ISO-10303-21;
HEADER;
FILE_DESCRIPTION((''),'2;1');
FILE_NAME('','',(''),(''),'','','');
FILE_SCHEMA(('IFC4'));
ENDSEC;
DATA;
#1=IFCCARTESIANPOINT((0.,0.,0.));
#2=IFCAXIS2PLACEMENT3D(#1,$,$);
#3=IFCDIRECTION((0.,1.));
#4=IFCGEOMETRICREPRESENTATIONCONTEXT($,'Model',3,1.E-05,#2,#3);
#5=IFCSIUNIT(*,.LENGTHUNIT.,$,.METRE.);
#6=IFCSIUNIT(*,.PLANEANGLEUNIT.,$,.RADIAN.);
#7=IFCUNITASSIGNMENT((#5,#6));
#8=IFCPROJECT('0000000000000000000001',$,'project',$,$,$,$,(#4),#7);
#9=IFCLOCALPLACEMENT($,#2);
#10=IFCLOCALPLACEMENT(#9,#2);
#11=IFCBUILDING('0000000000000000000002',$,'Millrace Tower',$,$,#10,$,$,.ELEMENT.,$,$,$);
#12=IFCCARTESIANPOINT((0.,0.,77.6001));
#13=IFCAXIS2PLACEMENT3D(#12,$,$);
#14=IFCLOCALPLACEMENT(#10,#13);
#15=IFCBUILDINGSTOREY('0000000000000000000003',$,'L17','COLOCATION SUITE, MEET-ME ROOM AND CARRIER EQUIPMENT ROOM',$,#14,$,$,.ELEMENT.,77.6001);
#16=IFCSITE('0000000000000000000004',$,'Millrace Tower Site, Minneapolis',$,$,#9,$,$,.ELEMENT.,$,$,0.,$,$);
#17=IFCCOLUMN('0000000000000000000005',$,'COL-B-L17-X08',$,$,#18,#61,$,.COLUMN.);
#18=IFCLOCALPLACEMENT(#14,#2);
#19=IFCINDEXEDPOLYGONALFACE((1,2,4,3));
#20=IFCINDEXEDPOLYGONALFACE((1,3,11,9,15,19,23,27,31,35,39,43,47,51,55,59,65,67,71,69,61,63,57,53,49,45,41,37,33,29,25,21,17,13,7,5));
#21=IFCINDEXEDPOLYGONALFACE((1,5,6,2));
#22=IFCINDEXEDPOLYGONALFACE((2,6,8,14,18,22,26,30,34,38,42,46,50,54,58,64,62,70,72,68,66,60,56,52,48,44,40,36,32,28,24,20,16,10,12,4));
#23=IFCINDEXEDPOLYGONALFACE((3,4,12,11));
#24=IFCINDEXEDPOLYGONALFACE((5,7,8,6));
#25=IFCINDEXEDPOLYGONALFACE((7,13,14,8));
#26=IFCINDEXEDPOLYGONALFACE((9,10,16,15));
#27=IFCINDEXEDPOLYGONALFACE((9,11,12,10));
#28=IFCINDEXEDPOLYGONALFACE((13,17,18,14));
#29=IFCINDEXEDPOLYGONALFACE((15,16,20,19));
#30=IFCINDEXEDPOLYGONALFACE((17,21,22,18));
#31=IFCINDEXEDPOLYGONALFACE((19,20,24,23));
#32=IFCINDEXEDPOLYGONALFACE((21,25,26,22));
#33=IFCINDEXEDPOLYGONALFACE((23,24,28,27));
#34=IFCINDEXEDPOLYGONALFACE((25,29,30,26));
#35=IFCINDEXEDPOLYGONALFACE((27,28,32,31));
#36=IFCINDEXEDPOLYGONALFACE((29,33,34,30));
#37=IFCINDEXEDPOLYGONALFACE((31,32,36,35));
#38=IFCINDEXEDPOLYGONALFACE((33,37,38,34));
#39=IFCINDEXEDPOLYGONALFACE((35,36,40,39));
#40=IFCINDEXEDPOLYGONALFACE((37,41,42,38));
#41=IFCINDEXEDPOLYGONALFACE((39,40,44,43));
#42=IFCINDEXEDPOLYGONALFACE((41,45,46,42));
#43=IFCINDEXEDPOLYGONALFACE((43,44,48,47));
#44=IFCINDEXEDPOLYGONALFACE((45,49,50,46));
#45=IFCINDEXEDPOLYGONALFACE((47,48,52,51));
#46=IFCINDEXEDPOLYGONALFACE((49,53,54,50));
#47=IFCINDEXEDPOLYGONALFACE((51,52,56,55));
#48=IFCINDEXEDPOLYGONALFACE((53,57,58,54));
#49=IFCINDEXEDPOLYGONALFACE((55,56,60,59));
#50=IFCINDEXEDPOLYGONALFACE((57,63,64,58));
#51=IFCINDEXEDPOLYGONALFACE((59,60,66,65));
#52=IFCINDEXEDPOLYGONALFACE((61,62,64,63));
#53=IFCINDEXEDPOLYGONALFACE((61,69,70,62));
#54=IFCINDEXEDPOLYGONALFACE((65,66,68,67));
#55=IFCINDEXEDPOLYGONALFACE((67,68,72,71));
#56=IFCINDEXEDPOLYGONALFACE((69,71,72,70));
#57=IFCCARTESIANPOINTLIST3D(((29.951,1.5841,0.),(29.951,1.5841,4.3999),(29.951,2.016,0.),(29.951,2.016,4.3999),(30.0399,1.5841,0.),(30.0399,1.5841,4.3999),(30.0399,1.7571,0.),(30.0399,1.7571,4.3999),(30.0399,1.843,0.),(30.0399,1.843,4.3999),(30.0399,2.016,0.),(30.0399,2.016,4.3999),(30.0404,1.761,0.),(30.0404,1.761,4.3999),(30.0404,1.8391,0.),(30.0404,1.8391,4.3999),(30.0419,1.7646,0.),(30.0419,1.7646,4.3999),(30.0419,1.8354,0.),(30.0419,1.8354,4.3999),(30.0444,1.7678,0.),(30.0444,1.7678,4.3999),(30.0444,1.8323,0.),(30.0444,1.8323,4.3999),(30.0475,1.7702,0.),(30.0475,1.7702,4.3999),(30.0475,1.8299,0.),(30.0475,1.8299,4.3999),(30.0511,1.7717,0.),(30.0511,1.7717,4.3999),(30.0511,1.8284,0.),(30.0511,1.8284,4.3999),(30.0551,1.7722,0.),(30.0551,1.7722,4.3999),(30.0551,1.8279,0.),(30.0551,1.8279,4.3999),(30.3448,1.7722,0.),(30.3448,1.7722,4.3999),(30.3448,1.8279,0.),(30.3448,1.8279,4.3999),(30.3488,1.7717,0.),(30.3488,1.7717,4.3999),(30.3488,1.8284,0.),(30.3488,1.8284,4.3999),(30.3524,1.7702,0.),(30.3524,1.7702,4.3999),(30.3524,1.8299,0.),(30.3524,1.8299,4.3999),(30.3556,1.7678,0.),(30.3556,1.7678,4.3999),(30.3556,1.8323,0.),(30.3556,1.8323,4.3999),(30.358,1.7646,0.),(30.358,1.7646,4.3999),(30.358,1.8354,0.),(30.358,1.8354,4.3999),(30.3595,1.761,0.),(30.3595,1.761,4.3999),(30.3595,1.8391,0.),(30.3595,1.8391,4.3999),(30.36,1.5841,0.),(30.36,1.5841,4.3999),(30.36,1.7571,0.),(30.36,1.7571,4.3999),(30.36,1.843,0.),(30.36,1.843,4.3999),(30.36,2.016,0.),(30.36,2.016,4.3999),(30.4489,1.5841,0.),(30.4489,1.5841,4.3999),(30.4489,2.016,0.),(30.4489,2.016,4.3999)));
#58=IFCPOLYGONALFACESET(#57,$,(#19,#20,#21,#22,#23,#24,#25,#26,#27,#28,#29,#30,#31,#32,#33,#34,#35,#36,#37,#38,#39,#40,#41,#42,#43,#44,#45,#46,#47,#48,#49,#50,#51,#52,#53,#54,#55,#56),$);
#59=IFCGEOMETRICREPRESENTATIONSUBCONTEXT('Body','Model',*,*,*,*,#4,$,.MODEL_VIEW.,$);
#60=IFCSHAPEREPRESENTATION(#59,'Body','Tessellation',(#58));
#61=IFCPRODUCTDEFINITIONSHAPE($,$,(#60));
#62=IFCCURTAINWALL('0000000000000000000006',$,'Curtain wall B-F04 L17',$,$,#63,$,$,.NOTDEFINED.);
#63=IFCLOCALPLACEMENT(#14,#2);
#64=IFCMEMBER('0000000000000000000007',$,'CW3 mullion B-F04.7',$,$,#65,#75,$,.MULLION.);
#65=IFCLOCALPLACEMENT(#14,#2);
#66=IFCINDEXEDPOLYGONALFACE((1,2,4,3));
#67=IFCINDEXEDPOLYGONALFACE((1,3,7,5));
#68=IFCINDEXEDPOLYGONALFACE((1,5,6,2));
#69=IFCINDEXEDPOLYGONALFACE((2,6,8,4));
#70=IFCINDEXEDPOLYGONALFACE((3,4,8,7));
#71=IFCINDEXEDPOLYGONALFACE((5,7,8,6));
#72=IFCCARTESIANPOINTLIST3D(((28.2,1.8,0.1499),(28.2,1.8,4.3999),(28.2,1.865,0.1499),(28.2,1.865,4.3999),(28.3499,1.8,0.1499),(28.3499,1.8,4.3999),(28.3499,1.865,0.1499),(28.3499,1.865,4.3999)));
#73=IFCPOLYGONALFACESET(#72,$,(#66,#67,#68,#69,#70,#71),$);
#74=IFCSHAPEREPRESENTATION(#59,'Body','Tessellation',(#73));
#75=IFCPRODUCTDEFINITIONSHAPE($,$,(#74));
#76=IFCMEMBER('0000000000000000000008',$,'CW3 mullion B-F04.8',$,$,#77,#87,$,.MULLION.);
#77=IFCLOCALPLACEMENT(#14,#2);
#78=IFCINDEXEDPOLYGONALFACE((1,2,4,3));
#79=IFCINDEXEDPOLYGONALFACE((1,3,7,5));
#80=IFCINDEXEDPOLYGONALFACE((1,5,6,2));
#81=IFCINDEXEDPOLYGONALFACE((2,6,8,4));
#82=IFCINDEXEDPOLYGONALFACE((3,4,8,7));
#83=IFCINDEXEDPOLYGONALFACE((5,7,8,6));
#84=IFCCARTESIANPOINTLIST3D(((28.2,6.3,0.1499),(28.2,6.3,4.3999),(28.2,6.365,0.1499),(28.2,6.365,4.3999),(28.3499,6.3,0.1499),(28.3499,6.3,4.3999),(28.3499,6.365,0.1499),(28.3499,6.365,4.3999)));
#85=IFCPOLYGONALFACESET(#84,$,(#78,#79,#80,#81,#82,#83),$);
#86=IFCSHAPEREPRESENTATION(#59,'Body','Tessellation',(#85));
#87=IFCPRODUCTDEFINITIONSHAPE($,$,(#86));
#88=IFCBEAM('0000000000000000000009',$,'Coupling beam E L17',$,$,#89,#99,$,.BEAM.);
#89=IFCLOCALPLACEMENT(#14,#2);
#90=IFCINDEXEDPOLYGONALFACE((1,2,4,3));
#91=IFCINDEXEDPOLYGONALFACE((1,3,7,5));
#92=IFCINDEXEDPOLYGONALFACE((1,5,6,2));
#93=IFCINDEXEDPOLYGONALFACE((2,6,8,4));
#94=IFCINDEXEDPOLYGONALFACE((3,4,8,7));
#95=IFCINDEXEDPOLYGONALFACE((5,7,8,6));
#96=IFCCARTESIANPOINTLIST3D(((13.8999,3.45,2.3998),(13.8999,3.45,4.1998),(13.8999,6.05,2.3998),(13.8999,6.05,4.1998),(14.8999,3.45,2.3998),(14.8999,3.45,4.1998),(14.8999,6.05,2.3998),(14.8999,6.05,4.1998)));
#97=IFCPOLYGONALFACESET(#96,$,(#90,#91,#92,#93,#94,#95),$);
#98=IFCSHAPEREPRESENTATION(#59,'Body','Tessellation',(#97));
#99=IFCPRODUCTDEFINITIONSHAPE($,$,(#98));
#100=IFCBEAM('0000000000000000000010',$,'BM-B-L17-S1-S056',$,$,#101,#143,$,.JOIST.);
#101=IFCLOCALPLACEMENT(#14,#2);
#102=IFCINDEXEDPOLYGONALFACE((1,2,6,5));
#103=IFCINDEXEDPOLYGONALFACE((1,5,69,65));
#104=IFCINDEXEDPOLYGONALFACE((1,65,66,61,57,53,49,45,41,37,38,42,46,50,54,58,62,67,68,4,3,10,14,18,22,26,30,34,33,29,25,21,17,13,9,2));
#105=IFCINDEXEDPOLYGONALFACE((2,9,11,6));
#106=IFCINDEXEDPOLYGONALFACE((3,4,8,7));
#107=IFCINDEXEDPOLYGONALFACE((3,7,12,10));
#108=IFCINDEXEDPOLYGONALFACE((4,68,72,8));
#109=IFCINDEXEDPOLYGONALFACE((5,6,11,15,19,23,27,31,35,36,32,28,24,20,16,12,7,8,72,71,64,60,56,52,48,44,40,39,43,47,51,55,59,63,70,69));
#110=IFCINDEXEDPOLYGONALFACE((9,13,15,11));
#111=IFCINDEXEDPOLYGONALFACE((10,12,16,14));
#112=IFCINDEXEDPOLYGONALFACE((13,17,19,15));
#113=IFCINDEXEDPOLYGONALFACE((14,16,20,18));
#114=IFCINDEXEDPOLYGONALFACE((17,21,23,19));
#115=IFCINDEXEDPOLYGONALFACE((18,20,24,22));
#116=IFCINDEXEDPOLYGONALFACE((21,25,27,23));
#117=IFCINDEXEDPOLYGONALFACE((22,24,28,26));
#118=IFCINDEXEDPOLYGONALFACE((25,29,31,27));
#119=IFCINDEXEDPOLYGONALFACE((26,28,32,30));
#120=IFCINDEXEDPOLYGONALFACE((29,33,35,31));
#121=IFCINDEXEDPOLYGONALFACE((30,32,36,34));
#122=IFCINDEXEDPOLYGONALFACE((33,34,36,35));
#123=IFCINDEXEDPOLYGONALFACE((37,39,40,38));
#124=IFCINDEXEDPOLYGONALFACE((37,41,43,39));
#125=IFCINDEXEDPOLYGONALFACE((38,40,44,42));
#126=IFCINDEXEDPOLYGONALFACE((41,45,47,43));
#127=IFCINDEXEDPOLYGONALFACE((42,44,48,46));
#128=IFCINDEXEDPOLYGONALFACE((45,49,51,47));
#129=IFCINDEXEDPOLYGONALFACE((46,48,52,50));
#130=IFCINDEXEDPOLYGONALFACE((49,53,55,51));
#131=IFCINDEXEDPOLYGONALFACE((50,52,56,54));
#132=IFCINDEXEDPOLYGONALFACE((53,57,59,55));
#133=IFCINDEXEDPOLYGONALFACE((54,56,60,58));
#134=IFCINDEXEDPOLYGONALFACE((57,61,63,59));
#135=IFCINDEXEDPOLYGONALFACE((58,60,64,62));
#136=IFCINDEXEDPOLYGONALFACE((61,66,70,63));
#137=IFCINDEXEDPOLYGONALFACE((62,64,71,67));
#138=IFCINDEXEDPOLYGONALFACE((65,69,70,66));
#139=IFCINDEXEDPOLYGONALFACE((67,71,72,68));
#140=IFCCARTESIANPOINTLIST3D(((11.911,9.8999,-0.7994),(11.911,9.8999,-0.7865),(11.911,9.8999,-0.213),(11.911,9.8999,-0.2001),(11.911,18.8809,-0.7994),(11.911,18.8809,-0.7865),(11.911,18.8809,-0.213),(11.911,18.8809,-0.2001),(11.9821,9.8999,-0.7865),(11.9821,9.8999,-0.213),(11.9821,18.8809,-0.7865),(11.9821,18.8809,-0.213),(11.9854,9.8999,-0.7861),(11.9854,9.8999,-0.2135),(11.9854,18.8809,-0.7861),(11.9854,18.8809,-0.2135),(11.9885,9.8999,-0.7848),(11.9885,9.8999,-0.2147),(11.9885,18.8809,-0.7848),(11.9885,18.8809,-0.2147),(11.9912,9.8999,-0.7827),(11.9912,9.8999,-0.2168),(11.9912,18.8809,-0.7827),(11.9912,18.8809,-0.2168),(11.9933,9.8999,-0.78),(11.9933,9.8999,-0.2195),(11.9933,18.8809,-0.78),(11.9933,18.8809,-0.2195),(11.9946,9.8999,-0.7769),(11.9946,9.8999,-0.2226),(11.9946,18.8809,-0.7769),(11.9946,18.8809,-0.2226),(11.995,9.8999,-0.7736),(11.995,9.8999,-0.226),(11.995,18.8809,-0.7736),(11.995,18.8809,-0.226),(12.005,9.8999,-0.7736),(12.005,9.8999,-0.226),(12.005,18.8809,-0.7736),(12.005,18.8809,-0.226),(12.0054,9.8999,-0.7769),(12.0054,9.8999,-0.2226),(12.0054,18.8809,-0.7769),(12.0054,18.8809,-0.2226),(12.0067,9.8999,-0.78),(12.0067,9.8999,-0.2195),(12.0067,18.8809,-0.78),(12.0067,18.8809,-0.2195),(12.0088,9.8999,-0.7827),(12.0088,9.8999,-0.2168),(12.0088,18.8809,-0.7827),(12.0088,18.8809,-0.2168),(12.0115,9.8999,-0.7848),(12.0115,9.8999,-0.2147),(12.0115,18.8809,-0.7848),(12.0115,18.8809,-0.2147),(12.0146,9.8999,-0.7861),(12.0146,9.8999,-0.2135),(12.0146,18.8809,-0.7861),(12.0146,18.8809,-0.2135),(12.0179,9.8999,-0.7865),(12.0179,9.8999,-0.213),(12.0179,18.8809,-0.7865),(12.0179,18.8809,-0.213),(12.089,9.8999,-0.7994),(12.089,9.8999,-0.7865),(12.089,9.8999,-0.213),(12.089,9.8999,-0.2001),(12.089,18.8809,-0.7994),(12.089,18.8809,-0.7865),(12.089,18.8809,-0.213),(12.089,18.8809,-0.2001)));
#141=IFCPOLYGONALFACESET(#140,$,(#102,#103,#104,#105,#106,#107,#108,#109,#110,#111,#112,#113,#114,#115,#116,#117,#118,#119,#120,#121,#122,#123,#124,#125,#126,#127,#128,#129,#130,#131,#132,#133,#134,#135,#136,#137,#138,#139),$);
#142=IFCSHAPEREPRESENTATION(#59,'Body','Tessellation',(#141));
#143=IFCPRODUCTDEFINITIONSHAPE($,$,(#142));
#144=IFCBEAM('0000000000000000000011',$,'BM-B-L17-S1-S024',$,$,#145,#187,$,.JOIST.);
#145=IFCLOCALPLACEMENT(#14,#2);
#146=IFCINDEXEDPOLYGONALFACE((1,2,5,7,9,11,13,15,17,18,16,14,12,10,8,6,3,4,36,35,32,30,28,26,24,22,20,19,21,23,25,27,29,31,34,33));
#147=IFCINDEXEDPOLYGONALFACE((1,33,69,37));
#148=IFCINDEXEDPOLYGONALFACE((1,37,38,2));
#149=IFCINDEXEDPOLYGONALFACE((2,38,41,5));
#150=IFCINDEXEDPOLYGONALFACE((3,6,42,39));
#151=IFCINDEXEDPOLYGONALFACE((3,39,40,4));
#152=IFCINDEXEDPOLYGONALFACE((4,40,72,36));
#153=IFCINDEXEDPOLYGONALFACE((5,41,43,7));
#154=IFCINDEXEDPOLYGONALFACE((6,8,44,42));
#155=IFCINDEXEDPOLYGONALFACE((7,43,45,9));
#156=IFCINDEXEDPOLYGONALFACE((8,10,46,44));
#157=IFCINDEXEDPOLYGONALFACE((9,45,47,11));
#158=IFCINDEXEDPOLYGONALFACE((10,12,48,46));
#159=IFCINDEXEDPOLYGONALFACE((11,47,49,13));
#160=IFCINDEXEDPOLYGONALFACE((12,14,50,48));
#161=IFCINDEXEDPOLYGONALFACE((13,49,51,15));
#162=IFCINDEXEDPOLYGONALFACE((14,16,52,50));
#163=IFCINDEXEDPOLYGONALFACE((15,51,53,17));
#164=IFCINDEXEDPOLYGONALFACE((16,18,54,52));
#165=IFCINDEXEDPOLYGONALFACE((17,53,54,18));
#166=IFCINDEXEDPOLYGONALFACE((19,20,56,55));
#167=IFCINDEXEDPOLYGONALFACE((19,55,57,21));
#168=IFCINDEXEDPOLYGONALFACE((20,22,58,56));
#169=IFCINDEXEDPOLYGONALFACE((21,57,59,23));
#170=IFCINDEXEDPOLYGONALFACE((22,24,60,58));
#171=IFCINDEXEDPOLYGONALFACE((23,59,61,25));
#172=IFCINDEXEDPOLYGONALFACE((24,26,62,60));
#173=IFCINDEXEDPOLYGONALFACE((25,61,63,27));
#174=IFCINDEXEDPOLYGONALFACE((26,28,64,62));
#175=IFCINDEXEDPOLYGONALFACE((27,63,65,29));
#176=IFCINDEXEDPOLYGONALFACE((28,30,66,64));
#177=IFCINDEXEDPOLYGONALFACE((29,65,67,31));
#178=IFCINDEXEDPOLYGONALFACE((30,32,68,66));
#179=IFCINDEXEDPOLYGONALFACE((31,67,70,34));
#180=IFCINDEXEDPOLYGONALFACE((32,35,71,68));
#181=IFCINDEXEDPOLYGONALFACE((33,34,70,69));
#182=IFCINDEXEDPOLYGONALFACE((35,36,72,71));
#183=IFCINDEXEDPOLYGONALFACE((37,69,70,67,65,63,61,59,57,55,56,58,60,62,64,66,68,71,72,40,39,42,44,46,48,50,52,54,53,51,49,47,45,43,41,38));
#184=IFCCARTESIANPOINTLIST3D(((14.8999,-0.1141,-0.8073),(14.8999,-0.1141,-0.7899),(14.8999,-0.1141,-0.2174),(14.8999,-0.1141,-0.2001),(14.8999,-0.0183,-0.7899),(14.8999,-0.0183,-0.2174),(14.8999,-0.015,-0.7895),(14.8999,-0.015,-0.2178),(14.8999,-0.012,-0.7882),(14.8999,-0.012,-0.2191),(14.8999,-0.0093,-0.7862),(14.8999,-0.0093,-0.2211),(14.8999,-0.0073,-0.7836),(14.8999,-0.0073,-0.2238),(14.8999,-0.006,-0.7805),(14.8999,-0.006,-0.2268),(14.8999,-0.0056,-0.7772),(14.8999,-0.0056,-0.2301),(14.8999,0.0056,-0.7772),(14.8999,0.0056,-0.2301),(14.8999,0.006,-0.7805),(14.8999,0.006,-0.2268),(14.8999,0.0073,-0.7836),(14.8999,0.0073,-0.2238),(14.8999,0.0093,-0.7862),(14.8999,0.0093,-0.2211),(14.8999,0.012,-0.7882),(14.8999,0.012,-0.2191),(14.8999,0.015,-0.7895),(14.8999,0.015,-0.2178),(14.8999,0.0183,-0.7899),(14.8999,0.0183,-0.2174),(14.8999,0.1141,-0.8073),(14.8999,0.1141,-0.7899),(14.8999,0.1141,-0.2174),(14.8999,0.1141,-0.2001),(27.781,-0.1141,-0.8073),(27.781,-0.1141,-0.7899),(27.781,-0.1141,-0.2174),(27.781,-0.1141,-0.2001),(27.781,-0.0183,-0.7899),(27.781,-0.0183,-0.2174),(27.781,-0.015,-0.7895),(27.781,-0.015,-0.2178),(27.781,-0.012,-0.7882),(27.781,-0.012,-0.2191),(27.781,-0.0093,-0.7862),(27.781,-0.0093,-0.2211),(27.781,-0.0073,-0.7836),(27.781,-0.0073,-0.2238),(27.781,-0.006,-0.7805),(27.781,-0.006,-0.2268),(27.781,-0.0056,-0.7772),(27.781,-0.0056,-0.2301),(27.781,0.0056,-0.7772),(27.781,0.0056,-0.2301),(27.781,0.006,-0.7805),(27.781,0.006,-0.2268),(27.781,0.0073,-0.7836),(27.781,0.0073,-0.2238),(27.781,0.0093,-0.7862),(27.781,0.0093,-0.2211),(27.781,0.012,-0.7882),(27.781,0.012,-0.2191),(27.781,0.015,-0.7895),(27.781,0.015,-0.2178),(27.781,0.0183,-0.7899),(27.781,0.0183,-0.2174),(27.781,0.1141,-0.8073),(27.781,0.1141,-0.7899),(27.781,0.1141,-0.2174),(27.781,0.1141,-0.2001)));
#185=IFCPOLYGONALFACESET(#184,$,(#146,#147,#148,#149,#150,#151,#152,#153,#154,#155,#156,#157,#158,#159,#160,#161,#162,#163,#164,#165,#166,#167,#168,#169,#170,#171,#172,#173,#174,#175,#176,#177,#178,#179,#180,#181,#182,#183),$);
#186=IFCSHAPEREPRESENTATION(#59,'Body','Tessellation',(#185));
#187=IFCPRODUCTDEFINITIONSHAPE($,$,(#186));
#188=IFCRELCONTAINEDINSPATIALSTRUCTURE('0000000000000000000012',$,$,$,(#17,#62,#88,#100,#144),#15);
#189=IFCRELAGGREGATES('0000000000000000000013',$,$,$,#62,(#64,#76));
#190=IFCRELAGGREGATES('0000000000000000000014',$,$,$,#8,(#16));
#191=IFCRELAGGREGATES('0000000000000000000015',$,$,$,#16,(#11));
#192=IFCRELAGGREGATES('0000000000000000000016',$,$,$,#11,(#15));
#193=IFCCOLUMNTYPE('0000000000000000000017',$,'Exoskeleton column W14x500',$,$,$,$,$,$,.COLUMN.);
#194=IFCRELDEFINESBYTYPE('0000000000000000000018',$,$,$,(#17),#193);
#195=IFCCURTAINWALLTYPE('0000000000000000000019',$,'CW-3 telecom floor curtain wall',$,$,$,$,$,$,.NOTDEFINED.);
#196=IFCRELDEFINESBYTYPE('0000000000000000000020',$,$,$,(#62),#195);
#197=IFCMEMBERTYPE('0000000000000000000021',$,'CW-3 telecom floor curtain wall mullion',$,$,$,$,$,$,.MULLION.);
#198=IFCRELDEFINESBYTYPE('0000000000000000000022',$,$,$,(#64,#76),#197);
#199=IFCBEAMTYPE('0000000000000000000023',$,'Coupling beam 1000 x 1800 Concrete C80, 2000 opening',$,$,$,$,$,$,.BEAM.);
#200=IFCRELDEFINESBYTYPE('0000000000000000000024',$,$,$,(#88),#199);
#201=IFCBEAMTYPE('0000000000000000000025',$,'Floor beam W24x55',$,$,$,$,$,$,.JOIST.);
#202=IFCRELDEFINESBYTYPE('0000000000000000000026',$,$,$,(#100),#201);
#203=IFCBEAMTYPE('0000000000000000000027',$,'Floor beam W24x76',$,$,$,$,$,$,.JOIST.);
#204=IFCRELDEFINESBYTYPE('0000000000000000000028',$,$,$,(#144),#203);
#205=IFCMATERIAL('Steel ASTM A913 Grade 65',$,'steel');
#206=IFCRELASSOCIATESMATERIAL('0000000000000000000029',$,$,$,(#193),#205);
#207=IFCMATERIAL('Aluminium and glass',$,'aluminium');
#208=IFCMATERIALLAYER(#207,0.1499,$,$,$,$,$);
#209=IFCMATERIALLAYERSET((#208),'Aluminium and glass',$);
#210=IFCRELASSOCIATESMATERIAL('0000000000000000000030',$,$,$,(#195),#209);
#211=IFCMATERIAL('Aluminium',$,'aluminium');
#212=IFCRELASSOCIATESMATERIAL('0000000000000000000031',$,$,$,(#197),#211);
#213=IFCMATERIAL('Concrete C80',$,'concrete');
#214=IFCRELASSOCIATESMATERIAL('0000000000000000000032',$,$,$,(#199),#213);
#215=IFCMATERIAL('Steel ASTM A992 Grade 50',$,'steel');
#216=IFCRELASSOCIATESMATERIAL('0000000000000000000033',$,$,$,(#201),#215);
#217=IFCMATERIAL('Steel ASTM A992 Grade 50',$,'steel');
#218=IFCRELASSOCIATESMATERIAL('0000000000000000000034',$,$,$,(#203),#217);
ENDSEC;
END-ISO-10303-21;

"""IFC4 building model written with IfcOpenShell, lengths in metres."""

from ifc_helpers import new_model, si_unit, direction, frame, origin, origin_2d, place, context, subcontext, project, spatial, rectangle, i_section, extrude, material, layer, layer_set, material_profile, profile_set, type_object, element, aggregate, save


model = new_model("IFC4")

# Units and contexts
model_context = context("Model", 3, precision=1e-05, world=origin(), true_north=direction((0.0, 1.0)))
body_context = subcontext(model_context, "Body", "Model", "MODEL_VIEW")
ifc_project = project(units=[si_unit("LENGTHUNIT", "METRE"), si_unit("PLANEANGLEUNIT", "RADIAN")], contexts=[model_context])

# Site, building, storey
site_placement = place(None, origin())
site = spatial("IfcSite", under=ifc_project, at=site_placement, Name="Millrace Tower Site, Minneapolis", CompositionType="ELEMENT", RefElevation=0.0)
building_placement = place(site_placement, origin())
building = spatial("IfcBuilding", under=site, at=building_placement, Name="Millrace Tower", CompositionType="ELEMENT")
storey_placement = place(building_placement, frame((0.0, 0.0, 77.6001)))
storey = spatial("IfcBuildingStorey", under=building, at=storey_placement, Name="L17", Description="COLOCATION SUITE, MEET-ME ROOM AND CARRIER EQUIPMENT ROOM", CompositionType="ELEMENT", Elevation=77.6001)

# Column
ifc_material_1 = material(Name="Steel ASTM A913 Grade 65", Category="steel")
ifc_material_profile_1 = material_profile(ifc_material_1, i_section(OverallWidth=0.4319, OverallDepth=0.4978, WebThickness=0.0557, FlangeThickness=0.0889, FilletRadius=0.0151, at=origin_2d()))
ifc_profile_set_1 = profile_set([ifc_material_profile_1], Name="Steel ASTM A913 Grade 65")
column_type = type_object("IfcColumnType", Name="Exoskeleton column W14x500", PredefinedType="COLUMN", material=ifc_profile_set_1)
column_placement = place(storey_placement, frame((30.2, 1.8, 0.0), z_axis=(0.0, 0.0, 1.0), x_axis=(0.0, 1.0, 0.0)))
element("IfcColumn", 1, at=column_placement, inside=storey, type_object=column_type, Name="COL-B-L17-X08", PredefinedType="COLUMN", context=body_context, shape_type="SweptSolid", body=[
    extrude(i_section(OverallWidth=0.4319, OverallDepth=0.4978, WebThickness=0.0557, FlangeThickness=0.0889, FilletRadius=0.0151, at=origin_2d()), origin(), (0.0, 0.0, 1.0), 4.3999),
])

# Curtain wall, members
ifc_material_2 = material(Name="Aluminium and glass", Category="aluminium")
ifc_layer_1 = layer(ifc_material_2, 0.1499)
ifc_layer_set_1 = layer_set([ifc_layer_1], Name="Aluminium and glass")
curtain_wall_type = type_object("IfcCurtainWallType", Name="CW-3 telecom floor curtain wall", PredefinedType="NOTDEFINED", material=ifc_layer_set_1)
curtain_wall_placement = place(storey_placement, origin())
curtain_wall = element("IfcCurtainWall", 2, at=curtain_wall_placement, inside=storey, type_object=curtain_wall_type, Name="Curtain wall B-F04 L17", PredefinedType="NOTDEFINED")
ifc_material_3 = material(Name="Aluminium", Category="aluminium")
ifc_material_profile_2 = material_profile(ifc_material_3, rectangle(XDim=0.0649, YDim=0.1499, at=origin_2d()))
ifc_profile_set_2 = profile_set([ifc_material_profile_2], Name="Aluminium")
member_type = type_object("IfcMemberType", Name="CW-3 telecom floor curtain wall mullion", PredefinedType="MULLION", material=ifc_profile_set_2)
member_1_placement = place(storey_placement, frame((28.2749, 1.8325, 0.1499), z_axis=(0.0, 0.0, 1.0), x_axis=(0.0, 1.0, 0.0)))
member_1 = element("IfcMember", 3, at=member_1_placement, type_object=member_type, Name="CW3 mullion B-F04.7", PredefinedType="MULLION", context=body_context, shape_type="SweptSolid", body=[
    extrude(rectangle(XDim=0.0649, YDim=0.1499, at=origin_2d()), origin(), (0.0, 0.0, 1.0), 4.25),
])
member_2_placement = place(storey_placement, frame((28.2749, 6.3325, 0.1499), z_axis=(0.0, 0.0, 1.0), x_axis=(0.0, 1.0, 0.0)))
member_2 = element("IfcMember", 4, at=member_2_placement, type_object=member_type, Name="CW3 mullion B-F04.8", PredefinedType="MULLION", context=body_context, shape_type="SweptSolid", body=[
    extrude(rectangle(XDim=0.0649, YDim=0.1499, at=origin_2d()), origin(), (0.0, 0.0, 1.0), 4.25),
])
aggregate(curtain_wall, [member_1, member_2])

# Beams
ifc_material_4 = material(Name="Concrete C80", Category="concrete")
ifc_material_profile_3 = material_profile(ifc_material_4, rectangle(XDim=1.0, YDim=1.8, at=origin_2d()))
ifc_profile_set_3 = profile_set([ifc_material_profile_3], Name="Concrete C80")
beam_type_1 = type_object("IfcBeamType", Name="Coupling beam 1000 x 1800 Concrete C80, 2000 opening", PredefinedType="BEAM", material=ifc_profile_set_3)
beam_1_placement = place(storey_placement, frame((14.3999, 6.05, 3.2998), z_axis=(0.0, -1.0, 0.0), x_axis=(1.0, 0.0, 0.0)))
element("IfcBeam", 5, at=beam_1_placement, inside=storey, type_object=beam_type_1, Name="Coupling beam E L17", PredefinedType="BEAM", context=body_context, shape_type="SweptSolid", body=[
    extrude(rectangle(XDim=1.0, YDim=1.8, at=origin_2d()), origin(), (0.0, 0.0, 1.0), 2.6001),
])
ifc_material_5 = material(Name="Steel ASTM A992 Grade 50", Category="steel")
ifc_material_profile_4 = material_profile(ifc_material_5, i_section(OverallWidth=0.178, OverallDepth=0.5994, WebThickness=0.01, FlangeThickness=0.0129, FilletRadius=0.0129, at=origin_2d()))
ifc_profile_set_4 = profile_set([ifc_material_profile_4], Name="Steel ASTM A992 Grade 50")
beam_type_2 = type_object("IfcBeamType", Name="Floor beam W24x55", PredefinedType="JOIST", material=ifc_profile_set_4)
beam_2_placement = place(storey_placement, frame((12.0, 9.8999, -0.4998), z_axis=(0.0, 1.0, 0.0), x_axis=(-1.0, 0.0, 0.0)))
element("IfcBeam", 6, at=beam_2_placement, inside=storey, type_object=beam_type_2, Name="BM-B-L17-S1-S056", PredefinedType="JOIST", context=body_context, shape_type="SweptSolid", body=[
    extrude(i_section(OverallWidth=0.178, OverallDepth=0.5994, WebThickness=0.01, FlangeThickness=0.0129, FilletRadius=0.0129, at=origin_2d()), origin(), (0.0, 0.0, 1.0), 8.981),
])
ifc_material_6 = material(Name="Steel ASTM A992 Grade 50", Category="steel")
ifc_material_profile_5 = material_profile(ifc_material_6, i_section(OverallWidth=0.2283, OverallDepth=0.6072, WebThickness=0.0112, FlangeThickness=0.0173, FilletRadius=0.0127, at=origin_2d()))
ifc_profile_set_5 = profile_set([ifc_material_profile_5], Name="Steel ASTM A992 Grade 50")
beam_type_3 = type_object("IfcBeamType", Name="Floor beam W24x76", PredefinedType="JOIST", material=ifc_profile_set_5)
for number, where, z_axis, x_axis, name in (
    (7, (14.8999, 0.0, -0.5037), (1.0, 0.0, 0.0), (0.0, 1.0, 0.0), "BM-B-L17-S1-S024"),
):
    element("IfcBeam", number, at=place(storey_placement, frame(where, z_axis=z_axis, x_axis=x_axis)), inside=storey, type_object=beam_type_3, Name=name, PredefinedType="JOIST", context=body_context, shape_type="SweptSolid", body=[
        extrude(i_section(OverallWidth=0.2283, OverallDepth=0.6072, WebThickness=0.0112, FlangeThickness=0.0173, FilletRadius=0.0127, at=origin_2d()), origin(), (0.0, 0.0, 1.0), 12.8811),
    ])

save(model, "model.ifc")
